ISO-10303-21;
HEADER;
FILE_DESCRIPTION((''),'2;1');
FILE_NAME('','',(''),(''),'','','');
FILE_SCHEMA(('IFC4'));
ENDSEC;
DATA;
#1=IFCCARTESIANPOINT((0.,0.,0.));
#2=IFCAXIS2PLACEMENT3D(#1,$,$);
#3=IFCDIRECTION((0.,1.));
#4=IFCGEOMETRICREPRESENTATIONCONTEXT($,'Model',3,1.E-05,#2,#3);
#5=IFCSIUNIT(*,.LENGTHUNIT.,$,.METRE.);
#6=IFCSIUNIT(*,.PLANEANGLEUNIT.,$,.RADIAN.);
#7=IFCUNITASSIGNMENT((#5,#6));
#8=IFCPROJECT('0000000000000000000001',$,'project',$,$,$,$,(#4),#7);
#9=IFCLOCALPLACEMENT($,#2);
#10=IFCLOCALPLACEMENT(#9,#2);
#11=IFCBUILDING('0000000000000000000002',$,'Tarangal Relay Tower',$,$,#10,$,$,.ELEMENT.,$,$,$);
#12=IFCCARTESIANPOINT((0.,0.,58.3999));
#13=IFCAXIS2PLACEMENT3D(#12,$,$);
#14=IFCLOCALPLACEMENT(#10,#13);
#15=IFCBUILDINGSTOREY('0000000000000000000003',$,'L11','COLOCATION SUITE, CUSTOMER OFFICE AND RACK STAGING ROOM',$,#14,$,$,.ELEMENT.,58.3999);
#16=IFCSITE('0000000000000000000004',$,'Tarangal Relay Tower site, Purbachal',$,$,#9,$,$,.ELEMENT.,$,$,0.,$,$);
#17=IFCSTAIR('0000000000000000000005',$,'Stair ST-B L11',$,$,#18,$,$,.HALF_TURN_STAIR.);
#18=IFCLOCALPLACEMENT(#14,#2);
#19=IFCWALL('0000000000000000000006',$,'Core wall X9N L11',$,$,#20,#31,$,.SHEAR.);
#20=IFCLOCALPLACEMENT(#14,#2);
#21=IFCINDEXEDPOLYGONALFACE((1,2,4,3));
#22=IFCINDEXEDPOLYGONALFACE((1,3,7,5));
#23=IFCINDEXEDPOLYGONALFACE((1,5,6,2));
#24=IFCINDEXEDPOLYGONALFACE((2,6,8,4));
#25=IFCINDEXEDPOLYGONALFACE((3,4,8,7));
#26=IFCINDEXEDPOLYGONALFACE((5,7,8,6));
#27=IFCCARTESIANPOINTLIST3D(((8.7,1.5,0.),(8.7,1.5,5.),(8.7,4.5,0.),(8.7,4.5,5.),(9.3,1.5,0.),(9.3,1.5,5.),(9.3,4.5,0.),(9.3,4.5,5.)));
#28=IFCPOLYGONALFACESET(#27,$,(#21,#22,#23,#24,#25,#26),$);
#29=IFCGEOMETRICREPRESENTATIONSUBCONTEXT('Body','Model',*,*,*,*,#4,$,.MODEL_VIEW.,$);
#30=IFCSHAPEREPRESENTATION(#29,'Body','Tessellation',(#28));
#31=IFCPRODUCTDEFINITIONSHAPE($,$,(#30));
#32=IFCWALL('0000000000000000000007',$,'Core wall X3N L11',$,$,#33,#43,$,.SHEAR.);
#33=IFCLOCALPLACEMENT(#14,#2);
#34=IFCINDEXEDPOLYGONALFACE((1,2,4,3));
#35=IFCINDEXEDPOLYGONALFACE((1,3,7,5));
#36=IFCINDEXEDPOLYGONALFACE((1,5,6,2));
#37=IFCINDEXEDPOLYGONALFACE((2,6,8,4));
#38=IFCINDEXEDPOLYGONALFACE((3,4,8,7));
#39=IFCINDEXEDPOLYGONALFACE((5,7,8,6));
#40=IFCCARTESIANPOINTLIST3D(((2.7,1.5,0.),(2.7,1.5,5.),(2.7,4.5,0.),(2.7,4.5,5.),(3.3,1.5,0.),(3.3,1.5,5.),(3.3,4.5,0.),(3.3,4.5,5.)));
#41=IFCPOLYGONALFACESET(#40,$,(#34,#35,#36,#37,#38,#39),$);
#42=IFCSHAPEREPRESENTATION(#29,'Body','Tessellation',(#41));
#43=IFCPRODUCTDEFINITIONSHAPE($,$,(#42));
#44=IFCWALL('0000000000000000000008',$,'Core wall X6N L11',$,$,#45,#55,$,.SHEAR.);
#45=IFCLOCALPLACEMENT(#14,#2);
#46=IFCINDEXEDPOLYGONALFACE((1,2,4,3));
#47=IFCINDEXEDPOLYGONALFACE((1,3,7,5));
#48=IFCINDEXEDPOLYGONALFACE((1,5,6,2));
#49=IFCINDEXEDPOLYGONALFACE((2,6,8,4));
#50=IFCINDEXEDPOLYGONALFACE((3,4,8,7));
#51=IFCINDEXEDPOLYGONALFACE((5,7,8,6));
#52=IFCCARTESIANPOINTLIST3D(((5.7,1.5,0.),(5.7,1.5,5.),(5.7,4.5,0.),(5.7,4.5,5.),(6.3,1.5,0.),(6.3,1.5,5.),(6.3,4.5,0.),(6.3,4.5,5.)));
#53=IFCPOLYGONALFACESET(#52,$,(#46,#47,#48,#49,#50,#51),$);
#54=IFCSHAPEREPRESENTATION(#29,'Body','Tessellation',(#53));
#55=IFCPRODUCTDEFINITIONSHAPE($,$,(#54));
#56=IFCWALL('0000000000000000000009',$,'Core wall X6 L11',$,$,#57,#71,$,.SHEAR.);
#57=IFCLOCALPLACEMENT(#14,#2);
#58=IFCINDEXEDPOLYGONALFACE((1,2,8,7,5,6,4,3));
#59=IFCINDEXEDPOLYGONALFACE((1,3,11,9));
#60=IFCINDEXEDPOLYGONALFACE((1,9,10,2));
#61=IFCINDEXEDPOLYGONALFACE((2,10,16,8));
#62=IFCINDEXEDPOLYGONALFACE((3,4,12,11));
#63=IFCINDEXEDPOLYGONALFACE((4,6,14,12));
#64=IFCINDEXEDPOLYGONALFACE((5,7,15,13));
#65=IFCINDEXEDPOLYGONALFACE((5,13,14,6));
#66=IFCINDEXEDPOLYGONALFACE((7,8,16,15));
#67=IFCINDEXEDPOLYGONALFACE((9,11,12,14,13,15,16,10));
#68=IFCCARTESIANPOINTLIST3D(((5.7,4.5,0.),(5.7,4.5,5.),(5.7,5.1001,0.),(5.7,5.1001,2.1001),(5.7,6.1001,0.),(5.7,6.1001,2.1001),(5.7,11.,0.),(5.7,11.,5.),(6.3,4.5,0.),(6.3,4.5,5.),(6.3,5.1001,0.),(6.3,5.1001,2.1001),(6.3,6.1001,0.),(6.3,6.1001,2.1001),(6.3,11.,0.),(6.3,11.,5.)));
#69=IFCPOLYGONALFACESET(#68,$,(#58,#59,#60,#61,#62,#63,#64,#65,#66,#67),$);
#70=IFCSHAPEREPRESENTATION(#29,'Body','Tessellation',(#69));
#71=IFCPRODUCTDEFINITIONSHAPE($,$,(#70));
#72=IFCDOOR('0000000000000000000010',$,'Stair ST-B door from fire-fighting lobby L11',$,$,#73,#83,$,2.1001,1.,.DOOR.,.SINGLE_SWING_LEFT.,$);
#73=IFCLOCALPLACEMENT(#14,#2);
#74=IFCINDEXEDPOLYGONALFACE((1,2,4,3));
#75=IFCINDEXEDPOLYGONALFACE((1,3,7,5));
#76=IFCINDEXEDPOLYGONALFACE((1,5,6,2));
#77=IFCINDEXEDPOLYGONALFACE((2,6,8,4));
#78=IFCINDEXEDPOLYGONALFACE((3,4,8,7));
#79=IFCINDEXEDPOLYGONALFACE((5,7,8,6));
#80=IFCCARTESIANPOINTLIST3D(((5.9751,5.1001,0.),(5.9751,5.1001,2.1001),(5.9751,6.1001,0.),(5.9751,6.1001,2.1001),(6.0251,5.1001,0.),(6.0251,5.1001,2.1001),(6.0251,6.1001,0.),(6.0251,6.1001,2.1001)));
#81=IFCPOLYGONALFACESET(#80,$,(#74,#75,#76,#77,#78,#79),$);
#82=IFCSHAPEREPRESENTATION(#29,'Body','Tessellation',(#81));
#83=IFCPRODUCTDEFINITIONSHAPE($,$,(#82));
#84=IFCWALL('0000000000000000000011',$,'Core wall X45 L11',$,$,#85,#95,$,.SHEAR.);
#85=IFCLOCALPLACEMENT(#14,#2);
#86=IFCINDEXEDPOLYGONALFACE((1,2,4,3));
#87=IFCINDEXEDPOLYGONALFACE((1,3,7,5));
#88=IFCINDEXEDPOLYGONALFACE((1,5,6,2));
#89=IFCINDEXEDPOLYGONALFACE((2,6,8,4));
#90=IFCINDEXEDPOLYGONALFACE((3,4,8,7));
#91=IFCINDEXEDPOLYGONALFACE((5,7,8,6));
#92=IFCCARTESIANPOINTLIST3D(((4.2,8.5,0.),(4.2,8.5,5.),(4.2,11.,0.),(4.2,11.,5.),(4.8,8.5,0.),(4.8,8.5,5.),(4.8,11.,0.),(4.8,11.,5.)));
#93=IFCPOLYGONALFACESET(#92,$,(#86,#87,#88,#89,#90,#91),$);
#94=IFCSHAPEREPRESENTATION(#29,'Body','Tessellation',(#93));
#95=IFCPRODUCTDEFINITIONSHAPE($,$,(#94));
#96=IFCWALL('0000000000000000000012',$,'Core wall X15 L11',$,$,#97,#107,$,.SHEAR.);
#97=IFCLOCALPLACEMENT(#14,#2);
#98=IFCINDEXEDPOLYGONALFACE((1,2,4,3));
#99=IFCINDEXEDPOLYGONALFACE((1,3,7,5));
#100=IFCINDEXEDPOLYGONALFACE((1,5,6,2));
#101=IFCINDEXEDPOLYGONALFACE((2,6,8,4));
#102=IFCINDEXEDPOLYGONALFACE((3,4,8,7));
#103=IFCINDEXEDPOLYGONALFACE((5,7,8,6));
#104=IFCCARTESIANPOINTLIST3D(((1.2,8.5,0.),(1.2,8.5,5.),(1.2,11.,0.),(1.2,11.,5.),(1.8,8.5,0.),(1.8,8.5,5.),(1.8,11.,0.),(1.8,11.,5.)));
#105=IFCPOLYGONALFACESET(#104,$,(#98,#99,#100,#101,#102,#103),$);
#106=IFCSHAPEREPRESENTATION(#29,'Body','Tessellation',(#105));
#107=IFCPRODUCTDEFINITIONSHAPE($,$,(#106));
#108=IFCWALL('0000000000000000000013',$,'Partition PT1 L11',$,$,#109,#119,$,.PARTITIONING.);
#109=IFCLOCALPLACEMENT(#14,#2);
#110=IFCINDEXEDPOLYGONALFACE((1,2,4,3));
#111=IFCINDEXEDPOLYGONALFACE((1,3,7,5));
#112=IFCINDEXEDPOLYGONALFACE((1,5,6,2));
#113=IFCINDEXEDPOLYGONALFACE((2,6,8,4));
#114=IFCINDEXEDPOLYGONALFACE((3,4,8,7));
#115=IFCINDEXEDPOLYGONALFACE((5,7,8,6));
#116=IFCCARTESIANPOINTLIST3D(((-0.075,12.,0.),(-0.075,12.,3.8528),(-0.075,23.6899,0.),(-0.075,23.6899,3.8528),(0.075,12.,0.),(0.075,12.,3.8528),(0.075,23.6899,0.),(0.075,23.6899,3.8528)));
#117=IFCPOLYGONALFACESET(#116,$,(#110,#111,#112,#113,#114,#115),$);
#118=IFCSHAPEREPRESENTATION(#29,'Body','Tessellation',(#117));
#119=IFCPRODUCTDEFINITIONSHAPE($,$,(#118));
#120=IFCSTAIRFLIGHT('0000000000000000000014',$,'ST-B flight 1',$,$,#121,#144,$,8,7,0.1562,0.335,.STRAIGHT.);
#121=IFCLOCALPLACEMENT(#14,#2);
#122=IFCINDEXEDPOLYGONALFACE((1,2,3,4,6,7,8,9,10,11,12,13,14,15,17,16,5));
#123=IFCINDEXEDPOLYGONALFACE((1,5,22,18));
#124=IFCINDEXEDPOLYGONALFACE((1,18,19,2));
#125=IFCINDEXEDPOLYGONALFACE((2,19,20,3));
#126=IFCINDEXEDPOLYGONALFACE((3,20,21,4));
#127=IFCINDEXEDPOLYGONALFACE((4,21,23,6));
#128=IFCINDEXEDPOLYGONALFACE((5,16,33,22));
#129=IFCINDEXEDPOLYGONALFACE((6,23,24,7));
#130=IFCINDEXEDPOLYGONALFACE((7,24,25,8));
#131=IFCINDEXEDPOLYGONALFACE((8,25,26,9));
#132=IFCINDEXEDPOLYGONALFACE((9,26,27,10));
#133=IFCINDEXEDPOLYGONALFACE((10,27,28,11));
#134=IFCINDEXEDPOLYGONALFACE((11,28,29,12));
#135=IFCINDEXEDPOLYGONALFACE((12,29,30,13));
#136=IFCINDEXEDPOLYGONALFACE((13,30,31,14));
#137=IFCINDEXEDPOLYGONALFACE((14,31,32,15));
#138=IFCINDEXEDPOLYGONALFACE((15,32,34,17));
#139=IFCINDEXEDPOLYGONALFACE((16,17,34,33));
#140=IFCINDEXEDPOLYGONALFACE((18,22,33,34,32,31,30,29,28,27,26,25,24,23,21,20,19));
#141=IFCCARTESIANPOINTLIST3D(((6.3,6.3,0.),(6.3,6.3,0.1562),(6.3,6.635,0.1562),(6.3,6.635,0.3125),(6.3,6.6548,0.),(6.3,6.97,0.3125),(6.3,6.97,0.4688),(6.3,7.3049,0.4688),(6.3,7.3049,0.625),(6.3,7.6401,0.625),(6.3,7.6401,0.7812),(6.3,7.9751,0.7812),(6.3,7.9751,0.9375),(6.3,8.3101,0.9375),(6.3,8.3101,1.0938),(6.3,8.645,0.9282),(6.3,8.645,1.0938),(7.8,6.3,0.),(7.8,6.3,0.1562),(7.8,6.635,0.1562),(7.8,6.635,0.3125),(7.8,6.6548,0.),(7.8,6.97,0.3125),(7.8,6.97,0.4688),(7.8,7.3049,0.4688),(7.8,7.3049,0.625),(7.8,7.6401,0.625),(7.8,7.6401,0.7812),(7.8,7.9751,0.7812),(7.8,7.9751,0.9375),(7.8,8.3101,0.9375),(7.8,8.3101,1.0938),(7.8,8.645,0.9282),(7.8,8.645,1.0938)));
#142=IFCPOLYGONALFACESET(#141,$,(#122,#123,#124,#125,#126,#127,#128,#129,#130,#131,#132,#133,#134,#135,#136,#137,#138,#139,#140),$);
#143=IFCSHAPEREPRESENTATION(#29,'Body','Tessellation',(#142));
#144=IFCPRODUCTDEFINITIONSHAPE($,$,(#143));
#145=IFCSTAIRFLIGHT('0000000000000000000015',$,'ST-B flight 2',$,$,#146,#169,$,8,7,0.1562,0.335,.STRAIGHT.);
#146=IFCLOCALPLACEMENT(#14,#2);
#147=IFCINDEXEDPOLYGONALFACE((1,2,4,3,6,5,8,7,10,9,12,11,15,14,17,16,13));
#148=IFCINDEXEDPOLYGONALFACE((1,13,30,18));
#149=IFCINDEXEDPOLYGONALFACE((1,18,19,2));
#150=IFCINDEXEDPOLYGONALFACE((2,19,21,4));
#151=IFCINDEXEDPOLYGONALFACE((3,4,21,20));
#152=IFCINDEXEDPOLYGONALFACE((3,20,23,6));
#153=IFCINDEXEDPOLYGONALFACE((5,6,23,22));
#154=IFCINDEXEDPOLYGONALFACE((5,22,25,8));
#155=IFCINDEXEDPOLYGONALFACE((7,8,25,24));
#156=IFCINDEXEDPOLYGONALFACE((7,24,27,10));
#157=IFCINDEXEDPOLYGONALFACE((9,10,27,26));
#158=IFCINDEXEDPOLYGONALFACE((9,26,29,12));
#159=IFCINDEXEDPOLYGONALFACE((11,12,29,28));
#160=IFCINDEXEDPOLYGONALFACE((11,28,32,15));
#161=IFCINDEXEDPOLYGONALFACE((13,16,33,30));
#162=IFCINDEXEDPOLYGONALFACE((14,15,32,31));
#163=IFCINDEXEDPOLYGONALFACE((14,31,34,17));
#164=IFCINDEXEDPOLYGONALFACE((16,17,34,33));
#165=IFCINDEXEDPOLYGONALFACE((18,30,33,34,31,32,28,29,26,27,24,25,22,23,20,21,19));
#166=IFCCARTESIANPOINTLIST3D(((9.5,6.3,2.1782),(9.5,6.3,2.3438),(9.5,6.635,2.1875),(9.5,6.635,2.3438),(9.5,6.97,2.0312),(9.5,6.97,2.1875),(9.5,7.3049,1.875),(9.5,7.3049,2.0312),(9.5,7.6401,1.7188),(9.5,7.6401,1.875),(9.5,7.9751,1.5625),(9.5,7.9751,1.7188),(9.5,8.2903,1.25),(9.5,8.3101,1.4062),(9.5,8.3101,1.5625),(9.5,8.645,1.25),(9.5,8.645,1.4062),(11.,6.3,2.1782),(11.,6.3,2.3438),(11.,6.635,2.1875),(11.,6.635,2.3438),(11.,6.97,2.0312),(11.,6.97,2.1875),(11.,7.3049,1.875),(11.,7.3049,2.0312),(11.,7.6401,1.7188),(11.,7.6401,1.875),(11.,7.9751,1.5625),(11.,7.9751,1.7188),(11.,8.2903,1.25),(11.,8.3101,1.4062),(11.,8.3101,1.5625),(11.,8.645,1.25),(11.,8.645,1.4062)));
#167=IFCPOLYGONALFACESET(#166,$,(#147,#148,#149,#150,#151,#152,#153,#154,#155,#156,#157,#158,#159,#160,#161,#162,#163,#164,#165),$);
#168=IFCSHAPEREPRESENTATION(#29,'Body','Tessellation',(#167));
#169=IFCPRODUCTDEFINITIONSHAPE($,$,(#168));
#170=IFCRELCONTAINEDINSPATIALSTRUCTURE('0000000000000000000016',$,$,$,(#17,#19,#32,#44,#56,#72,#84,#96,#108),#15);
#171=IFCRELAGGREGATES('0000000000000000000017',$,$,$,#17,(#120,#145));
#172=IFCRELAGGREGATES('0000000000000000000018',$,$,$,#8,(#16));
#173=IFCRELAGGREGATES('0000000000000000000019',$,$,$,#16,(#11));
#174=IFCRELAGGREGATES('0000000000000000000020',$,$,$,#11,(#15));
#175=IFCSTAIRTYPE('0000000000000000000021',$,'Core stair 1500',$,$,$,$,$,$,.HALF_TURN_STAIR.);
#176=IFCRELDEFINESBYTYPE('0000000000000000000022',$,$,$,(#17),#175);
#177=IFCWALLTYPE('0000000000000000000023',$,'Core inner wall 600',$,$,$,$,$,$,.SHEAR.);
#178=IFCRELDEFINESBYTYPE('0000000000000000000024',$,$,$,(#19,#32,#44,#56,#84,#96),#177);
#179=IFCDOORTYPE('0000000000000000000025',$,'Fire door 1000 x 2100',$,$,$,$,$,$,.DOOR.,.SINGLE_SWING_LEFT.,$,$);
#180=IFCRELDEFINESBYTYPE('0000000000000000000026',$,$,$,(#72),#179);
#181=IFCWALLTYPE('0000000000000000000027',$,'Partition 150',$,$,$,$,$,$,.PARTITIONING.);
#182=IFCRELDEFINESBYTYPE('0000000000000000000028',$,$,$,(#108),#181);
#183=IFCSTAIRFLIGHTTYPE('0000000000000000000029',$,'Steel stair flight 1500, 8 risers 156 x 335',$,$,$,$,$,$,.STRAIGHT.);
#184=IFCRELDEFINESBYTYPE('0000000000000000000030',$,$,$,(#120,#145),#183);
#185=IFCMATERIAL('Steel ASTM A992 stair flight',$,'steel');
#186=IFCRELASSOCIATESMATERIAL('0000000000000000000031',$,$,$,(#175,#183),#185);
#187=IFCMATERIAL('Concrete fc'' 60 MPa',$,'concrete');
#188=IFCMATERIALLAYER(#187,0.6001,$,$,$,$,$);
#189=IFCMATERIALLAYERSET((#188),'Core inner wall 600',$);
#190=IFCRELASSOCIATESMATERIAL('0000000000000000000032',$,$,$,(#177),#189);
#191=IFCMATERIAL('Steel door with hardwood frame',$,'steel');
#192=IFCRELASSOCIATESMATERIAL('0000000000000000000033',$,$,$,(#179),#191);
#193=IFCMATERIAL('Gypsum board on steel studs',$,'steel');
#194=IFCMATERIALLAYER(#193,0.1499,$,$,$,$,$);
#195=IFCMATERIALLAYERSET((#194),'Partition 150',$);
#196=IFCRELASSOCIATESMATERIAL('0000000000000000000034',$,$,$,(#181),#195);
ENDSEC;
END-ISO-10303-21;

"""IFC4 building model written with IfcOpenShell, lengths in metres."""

from ifc_helpers import new_model, si_unit, direction, frame, frame_2d, origin, place, context, subcontext, project, spatial, polyline, rectangle, outline, extrude, material, layer, layer_set, type_object, element, fill, aggregate, save


model = new_model("IFC4")

# Units and contexts
model_context = context("Model", 3, precision=1e-05, world=origin(), true_north=direction((0.0, 1.0)))
body_context = subcontext(model_context, "Body", "Model", "MODEL_VIEW")
ifc_project = project(units=[si_unit("LENGTHUNIT", "METRE"), si_unit("PLANEANGLEUNIT", "RADIAN")], contexts=[model_context])

# Site, building, storey
site_placement = place(None, origin())
site = spatial("IfcSite", under=ifc_project, at=site_placement, Name="Tarangal Relay Tower site, Purbachal", CompositionType="ELEMENT", RefElevation=0.0)
building_placement = place(site_placement, origin())
building = spatial("IfcBuilding", under=site, at=building_placement, Name="Tarangal Relay Tower", CompositionType="ELEMENT")
storey_placement = place(building_placement, frame((0.0, 0.0, 58.3999)))
storey = spatial("IfcBuildingStorey", under=building, at=storey_placement, Name="L11", Description="COLOCATION SUITE, CUSTOMER OFFICE AND RACK STAGING ROOM", CompositionType="ELEMENT", Elevation=58.3999)

# Stair
ifc_material_1 = material(Name="Steel ASTM A992 stair flight", Category="steel")
stair_type = type_object("IfcStairType", Name="Core stair 1500", PredefinedType="HALF_TURN_STAIR", material=ifc_material_1)
stair_1_placement = place(storey_placement, origin())
stair_1 = element("IfcStair", 1, at=stair_1_placement, inside=storey, type_object=stair_type, Name="Stair ST-B L11", PredefinedType="HALF_TURN_STAIR")

# Walls
ifc_material_2 = material(Name="Concrete fc' 60 MPa", Category="concrete")
ifc_layer_1 = layer(ifc_material_2, 0.6001)
ifc_layer_set_1 = layer_set([ifc_layer_1], Name="Core inner wall 600")
wall_type_1 = type_object("IfcWallType", Name="Core inner wall 600", PredefinedType="SHEAR", material=ifc_layer_set_1)
for number, where, z_axis, x_axis, name in (
    (2, (9.0, 1.5, 0.0), (0.0, 0.0, 1.0), (0.0, 1.0, 0.0), "Core wall X9N L11"),
    (3, (3.0, 1.5, 0.0), (0.0, 0.0, 1.0), (0.0, 1.0, 0.0), "Core wall X3N L11"),
    (4, (6.0, 1.5, 0.0), (0.0, 0.0, 1.0), (0.0, 1.0, 0.0), "Core wall X6N L11"),
):
    element("IfcWall", number, at=place(storey_placement, frame(where, z_axis=z_axis, x_axis=x_axis)), inside=storey, type_object=wall_type_1, Name=name, PredefinedType="SHEAR", context=body_context, shape_type="SweptSolid", body=[
        extrude(rectangle(XDim=3.0, YDim=0.6001, at=frame_2d((1.5, 0.0))), origin(), (0.0, 0.0, 1.0), 5.0),
    ])

# Wall, opening, door
wall_1_placement = place(storey_placement, frame((6.0, 4.5, 0.0), z_axis=(0.0, 0.0, 1.0), x_axis=(0.0, 1.0, 0.0)))
wall_1 = element("IfcWall", 5, at=wall_1_placement, inside=storey, type_object=wall_type_1, Name="Core wall X6 L11", PredefinedType="SHEAR", context=body_context, shape_type="SweptSolid", body=[
    extrude(rectangle(XDim=6.5, YDim=0.6001, at=frame_2d((3.25, 0.0))), origin(), (0.0, 0.0, 1.0), 5.0),
])
opening_placement = place(wall_1_placement, frame((0.6001, 0.0, 0.0)))
opening = element("IfcOpeningElement", 6, at=opening_placement, cuts=wall_1, PredefinedType="OPENING", context=body_context, shape_type="SweptSolid", body=[
    extrude(rectangle(XDim=1.0, YDim=2.1001, at=frame_2d((0.5, 1.05))), frame((0.0, 0.3101, 0.0), z_axis=(0.0, -1.0, 0.0), x_axis=(1.0, 0.0, 0.0)), (0.0, 0.0, 1.0), 0.6201),
])
ifc_material_3 = material(Name="Steel door with hardwood frame", Category="steel")
door_type = type_object("IfcDoorType", Name="Fire door 1000 x 2100", OperationType="SINGLE_SWING_LEFT", PredefinedType="DOOR", material=ifc_material_3)
door_placement = place(opening_placement, origin())
door = element("IfcDoor", 7, at=door_placement, inside=storey, type_object=door_type, Name="Stair ST-B door from fire-fighting lobby L11", OperationType="SINGLE_SWING_LEFT", OverallHeight=2.1001, OverallWidth=1.0, PredefinedType="DOOR", context=body_context, shape_type="SweptSolid", body=[
    extrude(rectangle(XDim=1.0, YDim=2.1001, at=frame_2d((0.5, 1.05))), frame((0.0, 0.0249, 0.0), z_axis=(0.0, -1.0, 0.0), x_axis=(1.0, 0.0, 0.0)), (0.0, 0.0, 1.0), 0.05),
])
fill(opening, door)

# Walls
for number, where, z_axis, x_axis, name in (
    (8, (4.5, 8.5, 0.0), (0.0, 0.0, 1.0), (0.0, 1.0, 0.0), "Core wall X45 L11"),
    (9, (1.5, 8.5, 0.0), (0.0, 0.0, 1.0), (0.0, 1.0, 0.0), "Core wall X15 L11"),
):
    element("IfcWall", number, at=place(storey_placement, frame(where, z_axis=z_axis, x_axis=x_axis)), inside=storey, type_object=wall_type_1, Name=name, PredefinedType="SHEAR", context=body_context, shape_type="SweptSolid", body=[
        extrude(rectangle(XDim=2.5, YDim=0.6001, at=frame_2d((1.25, 0.0))), origin(), (0.0, 0.0, 1.0), 5.0),
    ])
ifc_material_4 = material(Name="Gypsum board on steel studs", Category="steel")
ifc_layer_2 = layer(ifc_material_4, 0.1499)
ifc_layer_set_2 = layer_set([ifc_layer_2], Name="Partition 150")
wall_type_2 = type_object("IfcWallType", Name="Partition 150", PredefinedType="PARTITIONING", material=ifc_layer_set_2)
wall_2_placement = place(storey_placement, frame((0.0, 12.0, 0.0), z_axis=(0.0, 0.0, 1.0), x_axis=(0.0, 1.0, 0.0)))
element("IfcWall", 10, at=wall_2_placement, inside=storey, type_object=wall_type_2, Name="Partition PT1 L11", PredefinedType="PARTITIONING", context=body_context, shape_type="SweptSolid", body=[
    extrude(rectangle(XDim=11.6899, YDim=0.1499, at=frame_2d((5.845, 0.0))), origin(), (0.0, 0.0, 1.0), 3.8528),
])

# Stair flights
stair_flight_type = type_object("IfcStairFlightType", Name="Steel stair flight 1500, 8 risers 156 x 335", PredefinedType="STRAIGHT", material=ifc_material_1)
stair_flight_1_placement = place(storey_placement, frame((7.05, 6.3, 0.0), z_axis=(0.0, 0.0, 1.0), x_axis=(0.0, 1.0, 0.0)))
stair_flight_1 = element("IfcStairFlight", 11, at=stair_flight_1_placement, type_object=stair_flight_type, Name="ST-B flight 1", NumberOfRisers=8, NumberOfTreads=7, PredefinedType="STRAIGHT", RiserHeight=0.1562, TreadLength=0.335, context=body_context, shape_type="SweptSolid", body=[
    extrude(outline(polyline([(0.0, 0.0), (0.0, 0.1562), (0.335, 0.1562), (0.335, 0.3125), (0.6699, 0.3125), (0.6699, 0.4688), (1.0049, 0.4688), (1.0049, 0.625), (1.3401, 0.625), (1.3401, 0.7812), (1.675, 0.7812), (1.675, 0.9375), (2.01, 0.9375), (2.01, 1.0938), (2.345, 1.0938), (2.345, 1.25), (2.345, 0.9282), (0.3547, 0.0), (0.0, 0.0)])), frame((0.0, 0.75, 0.0), z_axis=(0.0, -1.0, 0.0), x_axis=(1.0, 0.0, 0.0)), (0.0, 0.0, 1.0), 1.5),
])
stair_flight_2_placement = place(storey_placement, frame((10.25, 8.645, 1.25), z_axis=(0.0, 0.0, 1.0), x_axis=(0.0, -1.0, 0.0)))
stair_flight_2 = element("IfcStairFlight", 12, at=stair_flight_2_placement, type_object=stair_flight_type, Name="ST-B flight 2", NumberOfRisers=8, NumberOfTreads=7, PredefinedType="STRAIGHT", RiserHeight=0.1562, TreadLength=0.335, context=body_context, shape_type="SweptSolid", body=[
    extrude(outline(polyline([(0.0, 0.0), (0.0, 0.1562), (0.335, 0.1562), (0.335, 0.3125), (0.6699, 0.3125), (0.6699, 0.4688), (1.0049, 0.4688), (1.0049, 0.625), (1.3401, 0.625), (1.3401, 0.7812), (1.675, 0.7812), (1.675, 0.9375), (2.01, 0.9375), (2.01, 1.0938), (2.345, 1.0938), (2.345, 1.25), (2.345, 0.9282), (0.3547, 0.0), (0.0, 0.0)])), frame((0.0, 0.75, 0.0), z_axis=(0.0, -1.0, 0.0), x_axis=(1.0, 0.0, 0.0)), (0.0, 0.0, 1.0), 1.5),
])
aggregate(stair_1, [stair_flight_1, stair_flight_2])

save(model, "model.ifc")
